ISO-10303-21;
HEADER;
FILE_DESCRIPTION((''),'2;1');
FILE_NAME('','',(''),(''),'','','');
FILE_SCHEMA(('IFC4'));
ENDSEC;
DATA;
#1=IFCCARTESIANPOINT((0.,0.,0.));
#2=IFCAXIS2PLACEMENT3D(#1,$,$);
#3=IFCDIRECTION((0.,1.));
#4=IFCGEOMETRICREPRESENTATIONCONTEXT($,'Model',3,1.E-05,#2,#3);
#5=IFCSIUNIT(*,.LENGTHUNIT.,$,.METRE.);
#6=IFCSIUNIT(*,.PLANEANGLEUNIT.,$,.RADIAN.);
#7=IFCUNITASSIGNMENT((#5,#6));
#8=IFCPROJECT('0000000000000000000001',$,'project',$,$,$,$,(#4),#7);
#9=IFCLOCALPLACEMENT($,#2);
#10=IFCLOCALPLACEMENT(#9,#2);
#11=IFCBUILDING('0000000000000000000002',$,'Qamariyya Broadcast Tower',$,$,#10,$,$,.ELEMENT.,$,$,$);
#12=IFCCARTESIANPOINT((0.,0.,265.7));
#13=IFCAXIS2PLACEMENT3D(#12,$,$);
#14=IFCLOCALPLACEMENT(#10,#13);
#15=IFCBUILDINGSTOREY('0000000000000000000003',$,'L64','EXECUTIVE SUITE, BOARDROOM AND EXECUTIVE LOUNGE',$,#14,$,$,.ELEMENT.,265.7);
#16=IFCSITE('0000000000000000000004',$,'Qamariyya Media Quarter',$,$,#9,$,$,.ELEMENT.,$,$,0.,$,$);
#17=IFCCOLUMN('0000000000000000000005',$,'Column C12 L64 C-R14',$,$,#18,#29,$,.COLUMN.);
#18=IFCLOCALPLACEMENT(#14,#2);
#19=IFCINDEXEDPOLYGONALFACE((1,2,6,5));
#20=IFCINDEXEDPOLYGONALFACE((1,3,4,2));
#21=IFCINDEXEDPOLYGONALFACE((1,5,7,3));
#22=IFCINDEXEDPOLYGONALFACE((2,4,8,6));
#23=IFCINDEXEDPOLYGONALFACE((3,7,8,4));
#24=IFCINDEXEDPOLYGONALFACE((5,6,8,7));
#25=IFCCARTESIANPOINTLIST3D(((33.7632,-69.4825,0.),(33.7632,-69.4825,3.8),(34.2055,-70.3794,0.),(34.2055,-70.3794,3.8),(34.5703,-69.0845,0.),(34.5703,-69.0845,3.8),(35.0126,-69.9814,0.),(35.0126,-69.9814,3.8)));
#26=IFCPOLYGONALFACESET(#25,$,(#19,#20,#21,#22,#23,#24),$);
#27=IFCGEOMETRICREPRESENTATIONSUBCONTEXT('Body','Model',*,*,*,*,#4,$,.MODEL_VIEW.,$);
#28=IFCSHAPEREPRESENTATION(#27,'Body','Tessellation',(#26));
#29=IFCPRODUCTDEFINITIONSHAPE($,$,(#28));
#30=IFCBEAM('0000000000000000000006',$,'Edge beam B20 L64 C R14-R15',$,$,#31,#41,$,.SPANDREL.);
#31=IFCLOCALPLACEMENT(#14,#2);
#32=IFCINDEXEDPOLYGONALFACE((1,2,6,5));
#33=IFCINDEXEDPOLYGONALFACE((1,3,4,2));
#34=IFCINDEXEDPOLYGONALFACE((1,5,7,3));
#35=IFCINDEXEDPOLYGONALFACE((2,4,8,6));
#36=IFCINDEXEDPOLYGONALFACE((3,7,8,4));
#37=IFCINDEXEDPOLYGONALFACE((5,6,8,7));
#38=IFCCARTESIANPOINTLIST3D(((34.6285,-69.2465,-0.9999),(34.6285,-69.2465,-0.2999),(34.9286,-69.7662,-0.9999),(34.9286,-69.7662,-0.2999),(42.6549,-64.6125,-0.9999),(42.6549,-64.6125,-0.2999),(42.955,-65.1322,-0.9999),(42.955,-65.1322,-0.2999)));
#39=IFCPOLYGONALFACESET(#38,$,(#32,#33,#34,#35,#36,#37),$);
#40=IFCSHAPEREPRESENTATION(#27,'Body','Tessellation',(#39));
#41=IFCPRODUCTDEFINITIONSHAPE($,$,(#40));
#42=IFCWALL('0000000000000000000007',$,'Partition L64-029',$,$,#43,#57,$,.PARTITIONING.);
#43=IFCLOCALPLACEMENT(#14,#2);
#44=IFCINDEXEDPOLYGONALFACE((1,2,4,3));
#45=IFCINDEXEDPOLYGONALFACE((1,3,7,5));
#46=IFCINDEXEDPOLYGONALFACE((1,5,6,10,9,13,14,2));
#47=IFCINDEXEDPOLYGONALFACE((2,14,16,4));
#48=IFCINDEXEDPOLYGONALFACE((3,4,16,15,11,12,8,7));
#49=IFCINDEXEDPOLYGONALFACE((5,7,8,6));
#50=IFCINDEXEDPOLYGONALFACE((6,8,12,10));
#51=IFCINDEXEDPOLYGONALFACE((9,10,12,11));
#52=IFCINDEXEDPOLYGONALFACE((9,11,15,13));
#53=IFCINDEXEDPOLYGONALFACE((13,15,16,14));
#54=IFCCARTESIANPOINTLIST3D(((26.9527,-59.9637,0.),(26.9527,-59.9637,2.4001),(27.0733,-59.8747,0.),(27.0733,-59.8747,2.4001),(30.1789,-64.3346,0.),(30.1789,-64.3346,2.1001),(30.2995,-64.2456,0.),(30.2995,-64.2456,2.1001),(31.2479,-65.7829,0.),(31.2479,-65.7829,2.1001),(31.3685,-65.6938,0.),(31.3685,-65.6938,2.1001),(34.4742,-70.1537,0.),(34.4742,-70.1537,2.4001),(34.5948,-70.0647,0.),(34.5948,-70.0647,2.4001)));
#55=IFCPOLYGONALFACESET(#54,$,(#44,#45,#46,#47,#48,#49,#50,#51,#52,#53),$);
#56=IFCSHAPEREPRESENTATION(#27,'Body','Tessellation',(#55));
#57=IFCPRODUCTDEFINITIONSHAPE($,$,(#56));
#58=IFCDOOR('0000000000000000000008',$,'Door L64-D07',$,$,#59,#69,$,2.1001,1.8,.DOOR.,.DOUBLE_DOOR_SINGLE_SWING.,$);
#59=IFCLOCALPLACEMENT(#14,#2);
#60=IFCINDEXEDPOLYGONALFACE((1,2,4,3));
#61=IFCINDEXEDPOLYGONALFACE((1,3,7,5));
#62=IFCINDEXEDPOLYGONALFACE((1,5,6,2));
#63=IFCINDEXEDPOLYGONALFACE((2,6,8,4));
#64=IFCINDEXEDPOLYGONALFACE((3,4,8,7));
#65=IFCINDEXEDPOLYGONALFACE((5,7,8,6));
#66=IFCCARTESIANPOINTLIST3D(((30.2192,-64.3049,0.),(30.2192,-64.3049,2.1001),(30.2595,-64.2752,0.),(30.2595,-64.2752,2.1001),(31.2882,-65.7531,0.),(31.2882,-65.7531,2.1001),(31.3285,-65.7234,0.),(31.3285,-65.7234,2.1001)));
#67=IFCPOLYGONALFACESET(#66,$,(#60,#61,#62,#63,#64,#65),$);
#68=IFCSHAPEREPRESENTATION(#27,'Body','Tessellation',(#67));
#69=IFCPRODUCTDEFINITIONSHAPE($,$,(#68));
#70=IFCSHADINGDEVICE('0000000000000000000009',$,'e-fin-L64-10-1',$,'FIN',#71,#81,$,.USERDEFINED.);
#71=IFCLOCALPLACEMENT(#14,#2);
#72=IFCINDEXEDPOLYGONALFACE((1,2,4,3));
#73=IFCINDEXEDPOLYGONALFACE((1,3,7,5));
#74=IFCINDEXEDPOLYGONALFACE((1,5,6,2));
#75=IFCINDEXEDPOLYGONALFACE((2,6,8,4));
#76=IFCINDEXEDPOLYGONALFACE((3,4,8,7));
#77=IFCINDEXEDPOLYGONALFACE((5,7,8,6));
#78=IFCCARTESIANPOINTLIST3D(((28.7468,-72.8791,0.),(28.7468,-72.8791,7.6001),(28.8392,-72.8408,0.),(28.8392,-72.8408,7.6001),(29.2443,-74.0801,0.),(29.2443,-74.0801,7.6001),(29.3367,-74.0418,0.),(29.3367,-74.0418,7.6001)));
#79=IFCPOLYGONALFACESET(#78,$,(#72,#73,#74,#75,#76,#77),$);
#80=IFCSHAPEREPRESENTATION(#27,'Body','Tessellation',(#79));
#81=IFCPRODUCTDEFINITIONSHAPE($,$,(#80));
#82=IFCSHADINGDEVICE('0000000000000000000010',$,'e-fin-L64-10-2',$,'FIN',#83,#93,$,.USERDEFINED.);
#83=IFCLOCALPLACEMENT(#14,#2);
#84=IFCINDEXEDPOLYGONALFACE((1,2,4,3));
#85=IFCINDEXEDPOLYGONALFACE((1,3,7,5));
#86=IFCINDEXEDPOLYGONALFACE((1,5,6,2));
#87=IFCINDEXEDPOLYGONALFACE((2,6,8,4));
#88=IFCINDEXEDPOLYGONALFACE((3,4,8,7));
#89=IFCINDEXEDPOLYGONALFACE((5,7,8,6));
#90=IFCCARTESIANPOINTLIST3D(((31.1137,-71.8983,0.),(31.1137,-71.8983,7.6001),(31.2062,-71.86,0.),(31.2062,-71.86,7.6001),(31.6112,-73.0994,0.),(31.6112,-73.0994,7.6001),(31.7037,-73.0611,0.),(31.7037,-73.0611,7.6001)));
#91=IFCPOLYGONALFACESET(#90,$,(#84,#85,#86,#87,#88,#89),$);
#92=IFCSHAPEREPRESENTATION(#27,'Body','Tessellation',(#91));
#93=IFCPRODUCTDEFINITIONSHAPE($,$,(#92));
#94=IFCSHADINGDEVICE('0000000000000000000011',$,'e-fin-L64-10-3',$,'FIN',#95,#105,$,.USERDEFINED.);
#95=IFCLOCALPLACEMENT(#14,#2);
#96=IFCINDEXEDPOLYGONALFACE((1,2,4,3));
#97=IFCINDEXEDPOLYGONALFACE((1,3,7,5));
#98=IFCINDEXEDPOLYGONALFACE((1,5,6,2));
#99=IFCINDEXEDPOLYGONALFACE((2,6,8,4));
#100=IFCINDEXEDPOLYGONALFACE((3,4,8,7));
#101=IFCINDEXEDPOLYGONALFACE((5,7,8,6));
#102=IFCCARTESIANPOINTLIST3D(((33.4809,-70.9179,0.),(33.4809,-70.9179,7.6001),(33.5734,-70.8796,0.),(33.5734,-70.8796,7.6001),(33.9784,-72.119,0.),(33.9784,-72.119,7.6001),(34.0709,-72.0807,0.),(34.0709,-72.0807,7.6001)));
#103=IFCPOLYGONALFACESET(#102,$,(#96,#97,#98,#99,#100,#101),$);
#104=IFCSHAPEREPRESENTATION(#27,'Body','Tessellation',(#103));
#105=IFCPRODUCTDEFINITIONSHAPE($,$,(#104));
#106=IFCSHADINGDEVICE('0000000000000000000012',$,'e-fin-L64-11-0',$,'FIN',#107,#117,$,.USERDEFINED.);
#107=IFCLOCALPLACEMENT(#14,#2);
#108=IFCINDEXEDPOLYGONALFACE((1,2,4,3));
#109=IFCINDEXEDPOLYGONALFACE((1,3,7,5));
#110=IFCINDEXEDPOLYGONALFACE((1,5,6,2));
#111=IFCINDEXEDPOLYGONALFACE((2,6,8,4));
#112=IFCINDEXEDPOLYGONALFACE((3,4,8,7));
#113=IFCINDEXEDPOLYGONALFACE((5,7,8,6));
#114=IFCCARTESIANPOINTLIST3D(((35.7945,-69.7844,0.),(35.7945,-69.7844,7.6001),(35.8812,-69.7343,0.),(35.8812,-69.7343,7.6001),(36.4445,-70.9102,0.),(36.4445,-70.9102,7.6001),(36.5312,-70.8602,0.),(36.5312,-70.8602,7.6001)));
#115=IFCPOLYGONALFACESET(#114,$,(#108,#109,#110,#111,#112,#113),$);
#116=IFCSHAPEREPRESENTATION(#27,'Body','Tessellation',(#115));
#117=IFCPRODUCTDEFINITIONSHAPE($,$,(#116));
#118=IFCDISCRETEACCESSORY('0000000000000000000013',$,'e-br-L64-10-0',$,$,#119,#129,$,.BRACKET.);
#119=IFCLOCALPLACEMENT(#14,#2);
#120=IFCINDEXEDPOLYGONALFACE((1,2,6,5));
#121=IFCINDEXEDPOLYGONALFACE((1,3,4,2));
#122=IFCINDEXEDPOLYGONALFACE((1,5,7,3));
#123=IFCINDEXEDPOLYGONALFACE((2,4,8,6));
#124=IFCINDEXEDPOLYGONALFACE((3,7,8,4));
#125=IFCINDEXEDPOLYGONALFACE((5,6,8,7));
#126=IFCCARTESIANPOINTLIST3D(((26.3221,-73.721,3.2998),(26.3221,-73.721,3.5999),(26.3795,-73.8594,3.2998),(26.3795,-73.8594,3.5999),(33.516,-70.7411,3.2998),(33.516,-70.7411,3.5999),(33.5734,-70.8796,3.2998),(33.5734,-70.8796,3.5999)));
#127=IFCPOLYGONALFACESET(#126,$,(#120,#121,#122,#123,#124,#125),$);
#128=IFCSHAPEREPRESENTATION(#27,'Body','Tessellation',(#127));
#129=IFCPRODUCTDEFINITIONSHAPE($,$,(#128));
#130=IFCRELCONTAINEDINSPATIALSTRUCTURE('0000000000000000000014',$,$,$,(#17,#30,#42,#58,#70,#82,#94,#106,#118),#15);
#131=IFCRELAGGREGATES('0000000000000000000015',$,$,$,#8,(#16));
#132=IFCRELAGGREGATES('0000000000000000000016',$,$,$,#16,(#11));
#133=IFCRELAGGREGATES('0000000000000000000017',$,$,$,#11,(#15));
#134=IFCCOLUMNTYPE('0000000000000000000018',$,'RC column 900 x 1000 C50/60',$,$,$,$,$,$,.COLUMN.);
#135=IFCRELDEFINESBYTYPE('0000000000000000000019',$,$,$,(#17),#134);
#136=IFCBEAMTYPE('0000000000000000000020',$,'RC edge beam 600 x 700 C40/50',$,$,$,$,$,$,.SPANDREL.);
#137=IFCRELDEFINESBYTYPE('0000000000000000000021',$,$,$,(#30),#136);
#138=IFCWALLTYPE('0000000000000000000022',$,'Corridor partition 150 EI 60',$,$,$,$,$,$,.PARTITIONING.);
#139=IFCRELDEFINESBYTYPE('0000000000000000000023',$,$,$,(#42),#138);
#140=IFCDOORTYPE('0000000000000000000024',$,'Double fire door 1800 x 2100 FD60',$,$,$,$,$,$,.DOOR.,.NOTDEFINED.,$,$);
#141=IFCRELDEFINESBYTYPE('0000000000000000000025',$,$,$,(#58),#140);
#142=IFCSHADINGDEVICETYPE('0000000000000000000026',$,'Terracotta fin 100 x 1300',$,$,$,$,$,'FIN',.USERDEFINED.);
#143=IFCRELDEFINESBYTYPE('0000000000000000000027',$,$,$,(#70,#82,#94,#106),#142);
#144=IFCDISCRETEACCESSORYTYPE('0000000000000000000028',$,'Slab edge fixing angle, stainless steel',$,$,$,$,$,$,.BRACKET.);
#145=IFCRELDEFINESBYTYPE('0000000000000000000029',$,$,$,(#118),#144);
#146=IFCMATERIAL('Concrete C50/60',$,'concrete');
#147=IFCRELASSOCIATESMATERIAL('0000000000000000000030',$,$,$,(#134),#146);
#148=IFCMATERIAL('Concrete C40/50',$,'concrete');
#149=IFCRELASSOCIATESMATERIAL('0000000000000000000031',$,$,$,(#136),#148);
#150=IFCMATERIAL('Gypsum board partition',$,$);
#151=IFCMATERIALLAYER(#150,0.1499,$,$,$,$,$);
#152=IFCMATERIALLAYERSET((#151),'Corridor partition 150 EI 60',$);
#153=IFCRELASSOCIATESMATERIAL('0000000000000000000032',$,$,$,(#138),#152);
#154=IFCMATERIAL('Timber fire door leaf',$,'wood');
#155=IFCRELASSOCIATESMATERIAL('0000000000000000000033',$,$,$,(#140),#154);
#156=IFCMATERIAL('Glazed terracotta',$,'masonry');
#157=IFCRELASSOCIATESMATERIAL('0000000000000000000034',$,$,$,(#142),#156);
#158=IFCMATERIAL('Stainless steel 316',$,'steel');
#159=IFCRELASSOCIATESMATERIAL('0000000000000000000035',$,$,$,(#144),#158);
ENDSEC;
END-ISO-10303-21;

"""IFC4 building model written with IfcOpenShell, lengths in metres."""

from ifc_helpers import new_model, si_unit, direction, frame, frame_2d, origin, origin_2d, place, context, subcontext, project, spatial, rectangle, extrude, material, layer, layer_set, material_profile, profile_set, type_object, element, fill, save


model = new_model("IFC4")

# Units and contexts
model_context = context("Model", 3, precision=1e-05, world=origin(), true_north=direction((0.0, 1.0)))
body_context = subcontext(model_context, "Body", "Model", "MODEL_VIEW")
ifc_project = project(units=[si_unit("LENGTHUNIT", "METRE"), si_unit("PLANEANGLEUNIT", "RADIAN")], contexts=[model_context])

# Site, building, storey
site_placement = place(None, origin())
site = spatial("IfcSite", under=ifc_project, at=site_placement, Name="Qamariyya Media Quarter", CompositionType="ELEMENT", RefElevation=0.0)
building_placement = place(site_placement, origin())
building = spatial("IfcBuilding", under=site, at=building_placement, Name="Qamariyya Broadcast Tower", CompositionType="ELEMENT")
storey_placement = place(building_placement, frame((0.0, 0.0, 265.7)))
storey = spatial("IfcBuildingStorey", under=building, at=storey_placement, Name="L64", Description="EXECUTIVE SUITE, BOARDROOM AND EXECUTIVE LOUNGE", CompositionType="ELEMENT", Elevation=265.7)

# Column
ifc_material_1 = material(Name="Concrete C50/60", Category="concrete")
ifc_material_profile_1 = material_profile(ifc_material_1, rectangle(XDim=0.8999, YDim=1.0, at=origin_2d()))
ifc_profile_set_1 = profile_set([ifc_material_profile_1], Name="Concrete C50/60")
column_type = type_object("IfcColumnType", Name="RC column 900 x 1000 C50/60", PredefinedType="COLUMN", material=ifc_profile_set_1)
column_placement = place(storey_placement, frame((34.3879, -69.7319, 0.0), z_axis=(0.0, 0.0, 1.0), x_axis=(0.896873, 0.442289, 0.0)))
element("IfcColumn", 1, at=column_placement, inside=storey, type_object=column_type, Name="Column C12 L64 C-R14", PredefinedType="COLUMN", context=body_context, shape_type="SweptSolid", body=[
    extrude(rectangle(XDim=0.8999, YDim=1.0, at=origin_2d()), origin(), (0.0, 0.0, 1.0), 3.8),
])

# Beam
ifc_material_2 = material(Name="Concrete C40/50", Category="concrete")
ifc_material_profile_2 = material_profile(ifc_material_2, rectangle(XDim=0.6001, YDim=0.7, at=origin_2d()))
ifc_profile_set_2 = profile_set([ifc_material_profile_2], Name="Concrete C40/50")
beam_type = type_object("IfcBeamType", Name="RC edge beam 600 x 700 C40/50", PredefinedType="SPANDREL", material=ifc_profile_set_2)
beam_placement = place(storey_placement, frame((34.7786, -69.5063, -0.6499), z_axis=(0.866025, 0.500001, 0.0), x_axis=(-0.500001, 0.866025, 0.0)))
element("IfcBeam", 2, at=beam_placement, inside=storey, type_object=beam_type, Name="Edge beam B20 L64 C R14-R15", PredefinedType="SPANDREL", context=body_context, shape_type="SweptSolid", body=[
    extrude(rectangle(XDim=0.6001, YDim=0.7, at=origin_2d()), origin(), (0.0, 0.0, 1.0), 9.2681),
])

# Wall, opening, door
ifc_material_3 = material(Name="Gypsum board partition")
ifc_layer = layer(ifc_material_3, 0.1499)
ifc_layer_set = layer_set([ifc_layer], Name="Corridor partition 150 EI 60")
wall_type = type_object("IfcWallType", Name="Corridor partition 150 EI 60", PredefinedType="PARTITIONING", material=ifc_layer_set)
wall_placement = place(storey_placement, frame((34.5344, -70.1091, 0.0), z_axis=(0.0, 0.0, 1.0), x_axis=(-0.59387, 0.804561, 0.0)))
wall = element("IfcWall", 3, at=wall_placement, inside=storey, type_object=wall_type, Name="Partition L64-029", PredefinedType="PARTITIONING", context=body_context, shape_type="SweptSolid", body=[
    extrude(rectangle(XDim=12.6653, YDim=0.1499, at=frame_2d((6.3325, 0.0))), origin(), (0.0, 0.0, 1.0), 2.4001),
])
opening_placement = place(wall_placement, frame((5.4326, 0.0, 0.0)))
opening = element("IfcOpeningElement", 4, at=opening_placement, cuts=wall, PredefinedType="OPENING", context=body_context, shape_type="SweptSolid", body=[
    extrude(rectangle(XDim=1.8, YDim=2.1001, at=frame_2d((0.8999, 1.05))), frame((0.0, 0.085, 0.0), z_axis=(0.0, -1.0, 0.0), x_axis=(1.0, 0.0, 0.0)), (0.0, 0.0, 1.0), 0.1699),
])
ifc_material_4 = material(Name="Timber fire door leaf", Category="wood")
door_type = type_object("IfcDoorType", Name="Double fire door 1800 x 2100 FD60", OperationType="NOTDEFINED", PredefinedType="DOOR", material=ifc_material_4)
door_placement = place(opening_placement, origin())
door = element("IfcDoor", 5, at=door_placement, inside=storey, type_object=door_type, Name="Door L64-D07", OperationType="DOUBLE_DOOR_SINGLE_SWING", OverallHeight=2.1001, OverallWidth=1.8, PredefinedType="DOOR", context=body_context, shape_type="SweptSolid", body=[
    extrude(rectangle(XDim=1.8, YDim=2.1001, at=frame_2d((0.8999, 1.05))), frame((0.0, 0.0249, 0.0), z_axis=(0.0, -1.0, 0.0), x_axis=(1.0, 0.0, 0.0)), (0.0, 0.0, 1.0), 0.05),
])
fill(opening, door)

# Shading devices
ifc_material_5 = material(Name="Glazed terracotta", Category="masonry")
ifc_material_profile_3 = material_profile(ifc_material_5, rectangle(XDim=1.3, YDim=0.1001, at=origin_2d()))
ifc_profile_set_3 = profile_set([ifc_material_profile_3], Name="Glazed terracotta")
shading_device_type_1 = type_object("IfcShadingDeviceType", Name="Terracotta fin 100 x 1300", ElementType="FIN", PredefinedType="USERDEFINED", material=ifc_profile_set_3)
for number, where, z_axis, x_axis, name in (
    (6, (29.0417, -73.4604, 0.0), (0.0, 0.0, 1.0), (0.382683, -0.92388, 0.0), "e-fin-L64-10-1"),
    (7, (31.4087, -72.4797, 0.0), (0.0, 0.0, 1.0), (0.382683, -0.92388, 0.0), "e-fin-L64-10-2"),
    (8, (33.7759, -71.4993, 0.0), (0.0, 0.0, 1.0), (0.382683, -0.92388, 0.0), "e-fin-L64-10-3"),
    (9, (36.1628, -70.3223, 0.0), (0.0, 0.0, 1.0), (0.5, -0.866025, 0.0), "e-fin-L64-11-0"),
):
    element("IfcShadingDevice", number, at=place(storey_placement, frame(where, z_axis=z_axis, x_axis=x_axis)), inside=storey, type_object=shading_device_type_1, Name=name, ObjectType="FIN", PredefinedType="USERDEFINED", context=body_context, shape_type="SweptSolid", body=[
        extrude(rectangle(XDim=1.3, YDim=0.1001, at=origin_2d()), origin(), (0.0, 0.0, 1.0), 7.6001),
    ])

# Discrete accessory
ifc_material_6 = material(Name="Stainless steel 316", Category="steel")
discrete_accessory_type = type_object("IfcDiscreteAccessoryType", Name="Slab edge fixing angle, stainless steel", PredefinedType="BRACKET", material=ifc_material_6)
discrete_accessory_placement = place(storey_placement, frame((29.9478, -72.3003, 3.2998), z_axis=(0.0, 0.0, 1.0), x_axis=(0.92388, 0.382683, 0.0)))
element("IfcDiscreteAccessory", 10, at=discrete_accessory_placement, inside=storey, type_object=discrete_accessory_type, Name="e-br-L64-10-0", PredefinedType="BRACKET", context=body_context, shape_type="SweptSolid", body=[
    extrude(rectangle(XDim=7.7866, YDim=0.1499, at=origin_2d()), origin(), (0.0, 0.0, 1.0), 0.3),
])

save(model, "model.ifc")
